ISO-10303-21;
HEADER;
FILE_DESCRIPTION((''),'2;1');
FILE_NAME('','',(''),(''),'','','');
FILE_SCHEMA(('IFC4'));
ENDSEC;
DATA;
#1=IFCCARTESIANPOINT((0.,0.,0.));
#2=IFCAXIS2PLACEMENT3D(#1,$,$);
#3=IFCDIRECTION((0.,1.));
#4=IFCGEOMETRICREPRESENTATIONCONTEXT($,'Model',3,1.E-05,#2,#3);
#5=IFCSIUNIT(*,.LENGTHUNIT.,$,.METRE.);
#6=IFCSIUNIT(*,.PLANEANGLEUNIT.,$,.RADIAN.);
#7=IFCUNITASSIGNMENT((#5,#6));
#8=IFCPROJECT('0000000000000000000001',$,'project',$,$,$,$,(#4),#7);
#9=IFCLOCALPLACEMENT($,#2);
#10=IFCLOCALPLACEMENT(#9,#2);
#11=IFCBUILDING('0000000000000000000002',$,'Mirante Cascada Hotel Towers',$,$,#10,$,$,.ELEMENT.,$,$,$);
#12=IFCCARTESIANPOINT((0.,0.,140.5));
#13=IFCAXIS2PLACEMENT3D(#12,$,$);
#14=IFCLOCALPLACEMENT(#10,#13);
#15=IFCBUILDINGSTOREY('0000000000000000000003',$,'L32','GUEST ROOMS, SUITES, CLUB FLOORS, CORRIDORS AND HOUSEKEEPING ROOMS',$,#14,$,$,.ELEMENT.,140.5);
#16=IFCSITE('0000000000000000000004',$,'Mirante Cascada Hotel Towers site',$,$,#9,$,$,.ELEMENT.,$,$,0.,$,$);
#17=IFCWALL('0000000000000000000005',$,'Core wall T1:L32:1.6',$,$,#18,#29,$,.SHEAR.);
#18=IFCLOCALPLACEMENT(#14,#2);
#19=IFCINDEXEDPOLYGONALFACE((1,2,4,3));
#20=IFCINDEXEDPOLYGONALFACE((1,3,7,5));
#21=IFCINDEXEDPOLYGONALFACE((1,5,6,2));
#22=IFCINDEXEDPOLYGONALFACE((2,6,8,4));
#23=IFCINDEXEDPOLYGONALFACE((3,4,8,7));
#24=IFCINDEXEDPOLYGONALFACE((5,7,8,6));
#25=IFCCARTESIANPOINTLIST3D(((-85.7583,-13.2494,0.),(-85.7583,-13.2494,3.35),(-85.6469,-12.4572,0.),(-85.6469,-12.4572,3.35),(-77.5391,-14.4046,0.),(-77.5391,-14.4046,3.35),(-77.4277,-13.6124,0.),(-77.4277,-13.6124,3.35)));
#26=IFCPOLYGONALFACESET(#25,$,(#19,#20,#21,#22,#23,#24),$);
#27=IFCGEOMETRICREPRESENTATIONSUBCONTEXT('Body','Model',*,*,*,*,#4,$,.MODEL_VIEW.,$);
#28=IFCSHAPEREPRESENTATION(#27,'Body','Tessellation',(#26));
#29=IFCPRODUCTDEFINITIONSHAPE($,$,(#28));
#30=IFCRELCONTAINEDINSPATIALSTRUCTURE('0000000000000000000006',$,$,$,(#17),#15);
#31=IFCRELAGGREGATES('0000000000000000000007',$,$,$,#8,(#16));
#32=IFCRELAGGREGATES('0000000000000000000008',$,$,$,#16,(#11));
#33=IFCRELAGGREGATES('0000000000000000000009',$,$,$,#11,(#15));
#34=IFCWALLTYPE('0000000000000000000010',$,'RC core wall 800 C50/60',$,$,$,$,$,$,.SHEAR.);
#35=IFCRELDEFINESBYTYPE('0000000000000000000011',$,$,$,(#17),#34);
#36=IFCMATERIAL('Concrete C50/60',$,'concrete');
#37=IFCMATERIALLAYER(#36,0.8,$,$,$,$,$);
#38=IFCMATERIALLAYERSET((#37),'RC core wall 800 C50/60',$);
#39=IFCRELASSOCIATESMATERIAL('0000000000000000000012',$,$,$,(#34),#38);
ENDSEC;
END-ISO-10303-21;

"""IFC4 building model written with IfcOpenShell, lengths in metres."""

from ifc_helpers import new_model, si_unit, direction, frame, frame_2d, origin, place, context, subcontext, project, spatial, rectangle, extrude, material, layer, layer_set, type_object, element, save


model = new_model("IFC4")

# Units and contexts
model_context = context("Model", 3, precision=1e-05, world=origin(), true_north=direction((0.0, 1.0)))
body_context = subcontext(model_context, "Body", "Model", "MODEL_VIEW")
ifc_project = project(units=[si_unit("LENGTHUNIT", "METRE"), si_unit("PLANEANGLEUNIT", "RADIAN")], contexts=[model_context])

# Site, building, storey
site_placement = place(None, origin())
site = spatial("IfcSite", under=ifc_project, at=site_placement, Name="Mirante Cascada Hotel Towers site", CompositionType="ELEMENT", RefElevation=0.0)
building_placement = place(site_placement, origin())
building = spatial("IfcBuilding", under=site, at=building_placement, Name="Mirante Cascada Hotel Towers", CompositionType="ELEMENT")
storey_placement = place(building_placement, frame((0.0, 0.0, 140.5)))
storey = spatial("IfcBuildingStorey", under=building, at=storey_placement, Name="L32", Description="GUEST ROOMS, SUITES, CLUB FLOORS, CORRIDORS AND HOUSEKEEPING ROOMS", CompositionType="ELEMENT", Elevation=140.5)

# Wall
ifc_material_1 = material(Name="Concrete C50/60", Category="concrete")
ifc_layer_1 = layer(ifc_material_1, 0.8)
ifc_layer_set_1 = layer_set([ifc_layer_1], Name="RC core wall 800 C50/60")
wall_type_1 = type_object("IfcWallType", Name="RC core wall 800 C50/60", PredefinedType="SHEAR", material=ifc_layer_set_1)
wall_1_placement = place(storey_placement, frame((-77.4834, -14.0085, 0.0), z_axis=(0.0, 0.0, 1.0), x_axis=(-0.990267, 0.139181, 0.0)))
element("IfcWall", 1, at=wall_1_placement, inside=storey, type_object=wall_type_1, Name="Core wall T1:L32:1.6", PredefinedType="SHEAR", context=body_context, shape_type="SweptSolid", body=[
    extrude(rectangle(XDim=8.3, YDim=0.8, at=frame_2d((4.15, 0.0))), origin(), (0.0, 0.0, 1.0), 3.35),
])

save(model, "model.ifc")
